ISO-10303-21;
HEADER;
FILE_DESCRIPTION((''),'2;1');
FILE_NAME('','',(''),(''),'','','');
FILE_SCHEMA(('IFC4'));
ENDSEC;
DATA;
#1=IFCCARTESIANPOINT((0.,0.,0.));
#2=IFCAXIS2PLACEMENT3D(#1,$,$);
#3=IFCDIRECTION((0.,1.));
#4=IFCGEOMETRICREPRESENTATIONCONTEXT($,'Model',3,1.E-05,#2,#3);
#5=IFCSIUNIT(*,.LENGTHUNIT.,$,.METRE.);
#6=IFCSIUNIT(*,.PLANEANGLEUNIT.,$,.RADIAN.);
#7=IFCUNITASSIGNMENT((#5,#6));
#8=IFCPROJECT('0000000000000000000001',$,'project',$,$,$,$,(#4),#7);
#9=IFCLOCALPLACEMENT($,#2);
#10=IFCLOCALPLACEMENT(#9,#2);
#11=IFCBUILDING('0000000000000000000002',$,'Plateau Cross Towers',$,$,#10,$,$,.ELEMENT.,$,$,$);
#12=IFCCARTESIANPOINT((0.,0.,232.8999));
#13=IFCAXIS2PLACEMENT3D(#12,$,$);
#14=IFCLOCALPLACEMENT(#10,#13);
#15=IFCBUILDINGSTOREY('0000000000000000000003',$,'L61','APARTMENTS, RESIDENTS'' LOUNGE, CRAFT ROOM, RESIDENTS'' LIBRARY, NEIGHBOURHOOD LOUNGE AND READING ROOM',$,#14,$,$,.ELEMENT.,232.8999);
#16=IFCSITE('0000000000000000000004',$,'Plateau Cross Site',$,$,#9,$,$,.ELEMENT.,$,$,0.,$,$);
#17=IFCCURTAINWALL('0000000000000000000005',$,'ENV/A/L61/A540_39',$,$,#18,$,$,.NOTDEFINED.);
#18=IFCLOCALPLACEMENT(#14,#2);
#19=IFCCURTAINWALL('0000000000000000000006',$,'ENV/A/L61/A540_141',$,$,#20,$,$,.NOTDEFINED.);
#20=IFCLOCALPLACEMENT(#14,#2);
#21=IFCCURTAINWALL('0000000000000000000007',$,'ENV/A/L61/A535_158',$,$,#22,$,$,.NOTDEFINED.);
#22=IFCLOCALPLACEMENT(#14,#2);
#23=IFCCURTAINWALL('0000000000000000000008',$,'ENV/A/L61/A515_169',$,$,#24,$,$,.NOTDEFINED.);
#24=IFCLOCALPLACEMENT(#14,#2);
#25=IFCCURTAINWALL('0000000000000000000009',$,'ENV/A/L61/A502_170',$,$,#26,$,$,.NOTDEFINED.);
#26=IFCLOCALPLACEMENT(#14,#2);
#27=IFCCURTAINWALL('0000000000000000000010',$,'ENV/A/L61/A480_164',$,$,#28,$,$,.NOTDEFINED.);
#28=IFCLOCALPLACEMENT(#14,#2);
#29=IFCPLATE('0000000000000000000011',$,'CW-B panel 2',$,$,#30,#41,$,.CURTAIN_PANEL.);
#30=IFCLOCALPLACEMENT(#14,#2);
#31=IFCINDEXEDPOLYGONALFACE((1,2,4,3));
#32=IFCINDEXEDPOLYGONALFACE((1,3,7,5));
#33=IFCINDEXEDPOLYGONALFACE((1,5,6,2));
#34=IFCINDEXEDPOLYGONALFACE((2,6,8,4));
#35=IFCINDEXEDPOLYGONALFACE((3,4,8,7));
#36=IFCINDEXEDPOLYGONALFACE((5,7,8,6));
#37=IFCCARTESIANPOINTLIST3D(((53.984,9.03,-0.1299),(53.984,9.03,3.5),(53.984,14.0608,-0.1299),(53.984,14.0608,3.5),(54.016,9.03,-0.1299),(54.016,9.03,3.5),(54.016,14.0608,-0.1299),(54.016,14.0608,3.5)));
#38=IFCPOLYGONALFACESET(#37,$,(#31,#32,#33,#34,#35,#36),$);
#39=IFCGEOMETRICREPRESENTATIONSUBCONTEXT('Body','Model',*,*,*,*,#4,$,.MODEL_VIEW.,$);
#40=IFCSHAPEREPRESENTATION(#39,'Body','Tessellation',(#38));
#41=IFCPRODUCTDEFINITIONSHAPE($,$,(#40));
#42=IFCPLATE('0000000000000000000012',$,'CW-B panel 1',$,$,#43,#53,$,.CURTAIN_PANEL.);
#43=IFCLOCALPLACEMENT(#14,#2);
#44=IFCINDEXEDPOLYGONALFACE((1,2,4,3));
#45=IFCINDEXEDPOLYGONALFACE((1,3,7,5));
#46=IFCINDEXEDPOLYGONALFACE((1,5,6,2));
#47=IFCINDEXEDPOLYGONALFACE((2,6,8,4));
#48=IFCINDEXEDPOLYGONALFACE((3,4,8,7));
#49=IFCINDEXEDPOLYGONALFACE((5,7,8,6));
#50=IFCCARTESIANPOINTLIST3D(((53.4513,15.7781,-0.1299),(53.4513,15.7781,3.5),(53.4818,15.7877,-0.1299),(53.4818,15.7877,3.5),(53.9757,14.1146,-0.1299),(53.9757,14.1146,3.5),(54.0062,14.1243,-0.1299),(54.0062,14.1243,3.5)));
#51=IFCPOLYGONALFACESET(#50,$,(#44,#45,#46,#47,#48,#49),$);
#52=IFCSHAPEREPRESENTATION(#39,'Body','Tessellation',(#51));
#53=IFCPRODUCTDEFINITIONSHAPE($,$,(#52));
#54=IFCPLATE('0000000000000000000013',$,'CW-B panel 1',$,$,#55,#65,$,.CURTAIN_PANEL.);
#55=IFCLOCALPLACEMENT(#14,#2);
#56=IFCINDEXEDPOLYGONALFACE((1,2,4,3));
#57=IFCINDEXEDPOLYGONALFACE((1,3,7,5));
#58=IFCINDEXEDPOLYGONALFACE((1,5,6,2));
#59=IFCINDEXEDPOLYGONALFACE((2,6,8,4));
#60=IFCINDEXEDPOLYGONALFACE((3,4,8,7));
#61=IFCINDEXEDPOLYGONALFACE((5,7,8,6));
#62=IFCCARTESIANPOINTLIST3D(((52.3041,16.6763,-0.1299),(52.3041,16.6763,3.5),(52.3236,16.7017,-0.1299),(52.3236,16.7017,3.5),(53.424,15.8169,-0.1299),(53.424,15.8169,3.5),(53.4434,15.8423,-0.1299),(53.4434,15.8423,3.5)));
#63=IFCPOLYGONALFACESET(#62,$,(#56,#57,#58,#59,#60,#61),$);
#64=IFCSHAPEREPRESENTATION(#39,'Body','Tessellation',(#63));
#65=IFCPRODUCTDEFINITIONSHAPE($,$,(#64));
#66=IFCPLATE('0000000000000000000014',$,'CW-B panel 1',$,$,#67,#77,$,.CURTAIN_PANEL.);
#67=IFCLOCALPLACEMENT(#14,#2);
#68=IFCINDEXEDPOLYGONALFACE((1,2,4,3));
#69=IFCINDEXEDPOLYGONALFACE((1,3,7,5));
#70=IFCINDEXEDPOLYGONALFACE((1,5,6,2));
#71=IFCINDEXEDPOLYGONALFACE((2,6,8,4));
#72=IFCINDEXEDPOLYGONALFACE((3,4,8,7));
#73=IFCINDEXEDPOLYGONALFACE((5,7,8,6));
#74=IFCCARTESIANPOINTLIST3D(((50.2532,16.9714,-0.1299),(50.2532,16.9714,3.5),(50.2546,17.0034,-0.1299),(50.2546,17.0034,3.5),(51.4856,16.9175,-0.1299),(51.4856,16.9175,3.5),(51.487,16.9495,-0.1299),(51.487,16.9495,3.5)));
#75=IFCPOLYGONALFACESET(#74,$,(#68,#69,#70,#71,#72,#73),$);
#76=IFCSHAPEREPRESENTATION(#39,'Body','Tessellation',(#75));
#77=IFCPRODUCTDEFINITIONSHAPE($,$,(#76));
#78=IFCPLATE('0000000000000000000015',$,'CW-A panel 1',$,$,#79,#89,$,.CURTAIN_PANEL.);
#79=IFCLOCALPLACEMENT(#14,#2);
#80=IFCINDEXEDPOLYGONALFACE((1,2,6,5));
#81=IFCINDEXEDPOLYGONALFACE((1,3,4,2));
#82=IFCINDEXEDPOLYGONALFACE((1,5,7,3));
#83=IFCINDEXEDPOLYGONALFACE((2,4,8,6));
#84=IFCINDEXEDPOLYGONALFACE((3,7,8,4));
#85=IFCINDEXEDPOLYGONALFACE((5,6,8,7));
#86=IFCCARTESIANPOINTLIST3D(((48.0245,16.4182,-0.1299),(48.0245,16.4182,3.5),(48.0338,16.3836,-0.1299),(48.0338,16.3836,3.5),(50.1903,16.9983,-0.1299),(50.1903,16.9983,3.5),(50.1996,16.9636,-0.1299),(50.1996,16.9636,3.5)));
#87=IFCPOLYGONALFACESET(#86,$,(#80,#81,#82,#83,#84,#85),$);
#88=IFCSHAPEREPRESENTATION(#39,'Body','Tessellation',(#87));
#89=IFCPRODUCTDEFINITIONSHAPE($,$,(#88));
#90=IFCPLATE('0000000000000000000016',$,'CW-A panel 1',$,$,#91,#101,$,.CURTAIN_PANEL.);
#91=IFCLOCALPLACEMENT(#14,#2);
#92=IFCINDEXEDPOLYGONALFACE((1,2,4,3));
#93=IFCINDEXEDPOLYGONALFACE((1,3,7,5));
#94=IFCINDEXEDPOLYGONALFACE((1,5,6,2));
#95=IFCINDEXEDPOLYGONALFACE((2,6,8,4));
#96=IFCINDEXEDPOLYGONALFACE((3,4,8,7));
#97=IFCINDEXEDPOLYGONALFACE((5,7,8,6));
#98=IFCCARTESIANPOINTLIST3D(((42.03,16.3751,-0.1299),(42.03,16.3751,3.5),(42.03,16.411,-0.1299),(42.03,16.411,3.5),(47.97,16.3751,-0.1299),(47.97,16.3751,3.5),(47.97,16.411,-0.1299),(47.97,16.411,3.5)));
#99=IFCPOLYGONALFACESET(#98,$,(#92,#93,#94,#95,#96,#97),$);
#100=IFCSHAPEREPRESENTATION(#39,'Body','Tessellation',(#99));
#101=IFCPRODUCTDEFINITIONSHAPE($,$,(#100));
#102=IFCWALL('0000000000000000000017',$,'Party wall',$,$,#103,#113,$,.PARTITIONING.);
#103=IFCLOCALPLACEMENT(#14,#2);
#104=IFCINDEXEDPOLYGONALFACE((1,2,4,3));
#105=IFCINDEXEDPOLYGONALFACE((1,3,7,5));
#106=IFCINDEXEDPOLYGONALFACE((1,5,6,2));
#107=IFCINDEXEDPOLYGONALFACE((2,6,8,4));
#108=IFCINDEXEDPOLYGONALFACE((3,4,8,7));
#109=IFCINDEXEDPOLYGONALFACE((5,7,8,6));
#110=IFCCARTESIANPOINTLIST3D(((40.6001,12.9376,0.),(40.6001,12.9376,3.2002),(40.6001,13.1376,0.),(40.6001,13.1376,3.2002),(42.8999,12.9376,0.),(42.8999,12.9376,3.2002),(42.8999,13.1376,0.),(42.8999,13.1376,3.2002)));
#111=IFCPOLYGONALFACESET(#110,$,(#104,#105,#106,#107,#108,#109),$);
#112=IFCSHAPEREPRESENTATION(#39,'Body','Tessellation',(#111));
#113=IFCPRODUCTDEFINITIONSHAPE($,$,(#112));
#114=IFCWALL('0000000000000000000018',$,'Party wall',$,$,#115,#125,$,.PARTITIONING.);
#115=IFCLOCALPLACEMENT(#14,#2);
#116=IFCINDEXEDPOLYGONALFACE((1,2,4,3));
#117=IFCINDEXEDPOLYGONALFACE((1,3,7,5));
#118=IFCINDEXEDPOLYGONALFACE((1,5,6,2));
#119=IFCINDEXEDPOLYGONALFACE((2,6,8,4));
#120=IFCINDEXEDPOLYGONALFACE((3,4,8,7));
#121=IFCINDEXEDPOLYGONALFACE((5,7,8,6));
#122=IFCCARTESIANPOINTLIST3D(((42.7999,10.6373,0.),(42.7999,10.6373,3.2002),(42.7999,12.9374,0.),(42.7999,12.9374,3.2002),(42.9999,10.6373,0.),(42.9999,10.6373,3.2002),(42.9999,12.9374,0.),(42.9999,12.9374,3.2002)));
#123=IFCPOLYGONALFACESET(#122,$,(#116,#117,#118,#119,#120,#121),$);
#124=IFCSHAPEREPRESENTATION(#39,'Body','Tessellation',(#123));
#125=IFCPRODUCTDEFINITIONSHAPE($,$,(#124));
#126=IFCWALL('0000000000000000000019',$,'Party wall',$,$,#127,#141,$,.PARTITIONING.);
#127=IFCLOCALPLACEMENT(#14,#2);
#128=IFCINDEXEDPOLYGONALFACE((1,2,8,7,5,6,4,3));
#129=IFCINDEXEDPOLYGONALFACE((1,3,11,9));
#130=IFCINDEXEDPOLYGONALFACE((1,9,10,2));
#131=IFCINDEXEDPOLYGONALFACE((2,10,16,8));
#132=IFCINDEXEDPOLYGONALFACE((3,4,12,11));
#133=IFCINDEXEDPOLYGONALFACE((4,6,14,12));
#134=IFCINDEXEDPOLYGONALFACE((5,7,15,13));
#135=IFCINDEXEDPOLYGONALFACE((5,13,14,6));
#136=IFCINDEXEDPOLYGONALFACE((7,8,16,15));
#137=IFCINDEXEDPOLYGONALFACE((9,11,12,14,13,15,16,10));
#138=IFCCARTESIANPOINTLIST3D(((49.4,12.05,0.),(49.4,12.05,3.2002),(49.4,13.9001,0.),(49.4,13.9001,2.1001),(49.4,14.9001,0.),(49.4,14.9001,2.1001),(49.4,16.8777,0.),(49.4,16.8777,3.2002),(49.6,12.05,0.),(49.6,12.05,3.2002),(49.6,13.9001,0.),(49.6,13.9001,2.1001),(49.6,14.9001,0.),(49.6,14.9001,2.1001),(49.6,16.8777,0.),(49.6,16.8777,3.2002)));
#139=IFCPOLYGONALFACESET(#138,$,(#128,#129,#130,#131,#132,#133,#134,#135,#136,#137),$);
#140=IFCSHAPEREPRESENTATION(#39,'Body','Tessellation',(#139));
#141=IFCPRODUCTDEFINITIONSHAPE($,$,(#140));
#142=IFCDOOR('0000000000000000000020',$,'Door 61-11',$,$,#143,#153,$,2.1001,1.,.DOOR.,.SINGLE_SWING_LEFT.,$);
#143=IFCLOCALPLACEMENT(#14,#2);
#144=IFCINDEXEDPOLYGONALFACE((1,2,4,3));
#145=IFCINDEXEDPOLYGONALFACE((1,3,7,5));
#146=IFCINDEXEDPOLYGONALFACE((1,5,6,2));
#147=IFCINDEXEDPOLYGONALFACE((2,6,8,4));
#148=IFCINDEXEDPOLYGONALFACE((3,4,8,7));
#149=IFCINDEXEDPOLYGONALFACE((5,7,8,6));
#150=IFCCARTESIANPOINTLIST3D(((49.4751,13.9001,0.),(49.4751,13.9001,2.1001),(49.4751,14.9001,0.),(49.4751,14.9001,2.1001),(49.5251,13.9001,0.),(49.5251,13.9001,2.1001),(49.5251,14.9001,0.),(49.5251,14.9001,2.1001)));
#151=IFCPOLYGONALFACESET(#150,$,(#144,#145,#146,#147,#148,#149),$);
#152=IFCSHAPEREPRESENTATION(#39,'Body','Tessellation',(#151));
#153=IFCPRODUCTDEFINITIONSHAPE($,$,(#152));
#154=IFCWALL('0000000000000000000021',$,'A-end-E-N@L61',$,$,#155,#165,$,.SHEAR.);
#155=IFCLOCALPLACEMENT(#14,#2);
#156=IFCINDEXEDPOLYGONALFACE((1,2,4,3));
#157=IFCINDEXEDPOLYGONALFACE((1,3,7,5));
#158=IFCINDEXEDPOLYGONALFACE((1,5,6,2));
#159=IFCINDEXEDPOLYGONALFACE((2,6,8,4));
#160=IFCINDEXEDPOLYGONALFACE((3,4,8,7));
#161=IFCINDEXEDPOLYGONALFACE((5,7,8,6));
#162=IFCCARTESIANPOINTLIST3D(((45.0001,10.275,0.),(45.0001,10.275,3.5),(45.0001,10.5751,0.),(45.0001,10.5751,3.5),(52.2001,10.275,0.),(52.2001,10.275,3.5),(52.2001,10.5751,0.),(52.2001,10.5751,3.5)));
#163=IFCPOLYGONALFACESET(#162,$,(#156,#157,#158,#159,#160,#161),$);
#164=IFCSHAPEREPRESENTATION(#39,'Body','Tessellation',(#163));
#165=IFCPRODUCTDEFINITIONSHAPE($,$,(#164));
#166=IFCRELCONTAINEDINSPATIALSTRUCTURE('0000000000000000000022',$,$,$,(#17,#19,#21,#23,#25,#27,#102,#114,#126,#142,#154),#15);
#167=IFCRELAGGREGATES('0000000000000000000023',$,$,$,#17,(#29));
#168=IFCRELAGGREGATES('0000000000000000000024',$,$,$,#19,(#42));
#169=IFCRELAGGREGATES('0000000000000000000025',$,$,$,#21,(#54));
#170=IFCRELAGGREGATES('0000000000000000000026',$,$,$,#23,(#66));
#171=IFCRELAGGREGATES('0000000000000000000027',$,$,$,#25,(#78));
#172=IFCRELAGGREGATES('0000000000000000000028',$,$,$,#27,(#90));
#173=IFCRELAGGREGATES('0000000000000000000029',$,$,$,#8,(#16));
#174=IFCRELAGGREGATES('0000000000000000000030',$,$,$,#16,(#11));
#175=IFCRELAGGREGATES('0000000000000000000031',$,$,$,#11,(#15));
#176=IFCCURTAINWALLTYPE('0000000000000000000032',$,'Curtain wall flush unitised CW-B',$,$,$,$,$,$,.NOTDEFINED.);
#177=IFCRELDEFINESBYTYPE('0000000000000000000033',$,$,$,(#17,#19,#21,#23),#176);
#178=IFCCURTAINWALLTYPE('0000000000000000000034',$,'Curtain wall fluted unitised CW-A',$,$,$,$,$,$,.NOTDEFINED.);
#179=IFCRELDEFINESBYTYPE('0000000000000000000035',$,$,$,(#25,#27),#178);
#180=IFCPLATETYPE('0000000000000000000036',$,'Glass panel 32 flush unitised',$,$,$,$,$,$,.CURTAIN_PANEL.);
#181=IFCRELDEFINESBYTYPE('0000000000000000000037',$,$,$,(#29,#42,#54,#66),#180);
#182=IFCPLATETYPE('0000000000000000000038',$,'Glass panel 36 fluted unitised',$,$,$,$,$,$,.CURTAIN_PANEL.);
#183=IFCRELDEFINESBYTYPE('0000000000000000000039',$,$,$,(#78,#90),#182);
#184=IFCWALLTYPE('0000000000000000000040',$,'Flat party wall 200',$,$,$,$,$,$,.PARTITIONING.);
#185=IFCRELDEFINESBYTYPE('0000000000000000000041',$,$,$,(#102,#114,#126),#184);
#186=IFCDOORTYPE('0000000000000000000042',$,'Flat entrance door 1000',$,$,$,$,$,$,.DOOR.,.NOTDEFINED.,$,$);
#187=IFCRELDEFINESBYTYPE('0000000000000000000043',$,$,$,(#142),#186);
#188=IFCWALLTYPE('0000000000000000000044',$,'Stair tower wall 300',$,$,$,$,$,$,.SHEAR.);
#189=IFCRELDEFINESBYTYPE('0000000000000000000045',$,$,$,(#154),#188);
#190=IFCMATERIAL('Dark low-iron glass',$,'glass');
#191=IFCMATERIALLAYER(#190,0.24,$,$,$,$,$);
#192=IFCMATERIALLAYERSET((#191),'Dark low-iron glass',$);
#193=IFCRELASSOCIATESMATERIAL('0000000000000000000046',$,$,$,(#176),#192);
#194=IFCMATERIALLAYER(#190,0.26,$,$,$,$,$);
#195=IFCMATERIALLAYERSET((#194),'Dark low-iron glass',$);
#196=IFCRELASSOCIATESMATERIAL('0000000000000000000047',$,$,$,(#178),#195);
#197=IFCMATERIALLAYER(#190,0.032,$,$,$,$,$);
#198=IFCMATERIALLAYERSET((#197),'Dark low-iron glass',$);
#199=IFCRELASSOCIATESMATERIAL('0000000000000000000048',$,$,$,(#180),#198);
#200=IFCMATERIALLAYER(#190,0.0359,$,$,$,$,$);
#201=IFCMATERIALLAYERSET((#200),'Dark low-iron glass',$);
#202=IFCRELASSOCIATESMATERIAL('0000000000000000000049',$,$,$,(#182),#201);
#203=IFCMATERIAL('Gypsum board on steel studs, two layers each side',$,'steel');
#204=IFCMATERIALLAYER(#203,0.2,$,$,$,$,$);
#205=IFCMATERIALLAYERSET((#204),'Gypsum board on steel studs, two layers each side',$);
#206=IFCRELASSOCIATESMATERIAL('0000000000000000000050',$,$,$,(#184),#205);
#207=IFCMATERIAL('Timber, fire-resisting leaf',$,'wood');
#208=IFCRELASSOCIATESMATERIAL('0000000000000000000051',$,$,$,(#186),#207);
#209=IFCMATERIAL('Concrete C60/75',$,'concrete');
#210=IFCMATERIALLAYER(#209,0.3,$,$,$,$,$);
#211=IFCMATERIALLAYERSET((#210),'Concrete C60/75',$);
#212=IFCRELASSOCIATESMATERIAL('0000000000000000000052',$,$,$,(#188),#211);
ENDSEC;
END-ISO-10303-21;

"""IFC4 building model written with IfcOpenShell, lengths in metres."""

from ifc_helpers import new_model, si_unit, direction, frame, frame_2d, origin, origin_2d, place, context, subcontext, project, spatial, rectangle, extrude, material, layer, layer_set, type_object, element, fill, aggregate, save


model = new_model("IFC4")

# Units and contexts
model_context = context("Model", 3, precision=1e-05, world=origin(), true_north=direction((0.0, 1.0)))
body_context = subcontext(model_context, "Body", "Model", "MODEL_VIEW")
ifc_project = project(units=[si_unit("LENGTHUNIT", "METRE"), si_unit("PLANEANGLEUNIT", "RADIAN")], contexts=[model_context])

# Site, building, storey
site_placement = place(None, origin())
site = spatial("IfcSite", under=ifc_project, at=site_placement, Name="Plateau Cross Site", CompositionType="ELEMENT", RefElevation=0.0)
building_placement = place(site_placement, origin())
building = spatial("IfcBuilding", under=site, at=building_placement, Name="Plateau Cross Towers", CompositionType="ELEMENT")
storey_placement = place(building_placement, frame((0.0, 0.0, 232.8999)))
storey = spatial("IfcBuildingStorey", under=building, at=storey_placement, Name="L61", Description="APARTMENTS, RESIDENTS' LOUNGE, CRAFT ROOM, RESIDENTS' LIBRARY, NEIGHBOURHOOD LOUNGE AND READING ROOM", CompositionType="ELEMENT", Elevation=232.8999)

# Shared definitions
ifc_material_1 = material(Name="Concrete C60/75", Category="concrete")

# Curtain walls
ifc_material_2 = material(Name="Dark low-iron glass", Category="glass")
ifc_layer_1 = layer(ifc_material_2, 0.24)
ifc_layer_set_1 = layer_set([ifc_layer_1], Name="Dark low-iron glass")
curtain_wall_type_1 = type_object("IfcCurtainWallType", Name="Curtain wall flush unitised CW-B", PredefinedType="NOTDEFINED", material=ifc_layer_set_1)
curtain_wall_1_placement = place(storey_placement, origin())
curtain_wall_1 = element("IfcCurtainWall", 1, at=curtain_wall_1_placement, inside=storey, type_object=curtain_wall_type_1, Name="ENV/A/L61/A540_39", PredefinedType="NOTDEFINED")
curtain_wall_2_placement = place(storey_placement, origin())
curtain_wall_2 = element("IfcCurtainWall", 2, at=curtain_wall_2_placement, inside=storey, type_object=curtain_wall_type_1, Name="ENV/A/L61/A540_141", PredefinedType="NOTDEFINED")

# Curtain wall
curtain_wall_3_placement = place(storey_placement, origin())
curtain_wall_3 = element("IfcCurtainWall", 3, at=curtain_wall_3_placement, inside=storey, type_object=curtain_wall_type_1, Name="ENV/A/L61/A535_158", PredefinedType="NOTDEFINED")

# Curtain walls
curtain_wall_4_placement = place(storey_placement, origin())
curtain_wall_4 = element("IfcCurtainWall", 4, at=curtain_wall_4_placement, inside=storey, type_object=curtain_wall_type_1, Name="ENV/A/L61/A515_169", PredefinedType="NOTDEFINED")
ifc_layer_2 = layer(ifc_material_2, 0.26)
ifc_layer_set_2 = layer_set([ifc_layer_2], Name="Dark low-iron glass")
curtain_wall_type_2 = type_object("IfcCurtainWallType", Name="Curtain wall fluted unitised CW-A", PredefinedType="NOTDEFINED", material=ifc_layer_set_2)
curtain_wall_5_placement = place(storey_placement, origin())
curtain_wall_5 = element("IfcCurtainWall", 5, at=curtain_wall_5_placement, inside=storey, type_object=curtain_wall_type_2, Name="ENV/A/L61/A502_170", PredefinedType="NOTDEFINED")
curtain_wall_6_placement = place(storey_placement, origin())
curtain_wall_6 = element("IfcCurtainWall", 6, at=curtain_wall_6_placement, inside=storey, type_object=curtain_wall_type_2, Name="ENV/A/L61/A480_164", PredefinedType="NOTDEFINED")

# Plates
ifc_layer_3 = layer(ifc_material_2, 0.032)
ifc_layer_set_3 = layer_set([ifc_layer_3], Name="Dark low-iron glass")
plate_type_1 = type_object("IfcPlateType", Name="Glass panel 32 flush unitised", PredefinedType="CURTAIN_PANEL", material=ifc_layer_set_3)
plate_1_placement = place(storey_placement, frame((54.0, 11.5454, -0.1299), z_axis=(0.0, 0.0, 1.0), x_axis=(0.0, 1.0, 0.0)))
plate_1 = element("IfcPlate", 7, at=plate_1_placement, type_object=plate_type_1, Name="CW-B panel 2", PredefinedType="CURTAIN_PANEL", context=body_context, shape_type="SweptSolid", body=[
    extrude(rectangle(XDim=5.0308, YDim=0.032, at=origin_2d()), origin(), (0.0, 0.0, 1.0), 3.6299),
])
aggregate(curtain_wall_1, [plate_1])
plate_2_placement = place(storey_placement, frame((53.7288, 14.9512, -0.1299), z_axis=(0.0, 0.0, 1.0), x_axis=(-0.300686, 0.953723, 0.0)))
plate_2 = element("IfcPlate", 8, at=plate_2_placement, type_object=plate_type_1, Name="CW-B panel 1", PredefinedType="CURTAIN_PANEL", context=body_context, shape_type="SweptSolid", body=[
    extrude(rectangle(XDim=1.7441, YDim=0.032, at=origin_2d()), origin(), (0.0, 0.0, 1.0), 3.6299),
])
aggregate(curtain_wall_2, [plate_2])
plate_3_placement = place(storey_placement, frame((52.8738, 16.2593, -0.1299), z_axis=(0.0, 0.0, 1.0), x_axis=(-0.793316, 0.608811, 0.0)))
plate_3 = element("IfcPlate", 9, at=plate_3_placement, type_object=plate_type_1, Name="CW-B panel 1", PredefinedType="CURTAIN_PANEL", context=body_context, shape_type="SweptSolid", body=[
    extrude(rectangle(XDim=1.4116, YDim=0.032, at=origin_2d()), origin(), (0.0, 0.0, 1.0), 3.6299),
])
aggregate(curtain_wall_3, [plate_3])
plate_4_placement = place(storey_placement, frame((50.8701, 16.9604, -0.1299), z_axis=(0.0, 0.0, 1.0), x_axis=(-0.999044, 0.043723, 0.0)))
plate_4 = element("IfcPlate", 10, at=plate_4_placement, type_object=plate_type_1, Name="CW-B panel 1", PredefinedType="CURTAIN_PANEL", context=body_context, shape_type="SweptSolid", body=[
    extrude(rectangle(XDim=1.2336, YDim=0.032, at=origin_2d()), origin(), (0.0, 0.0, 1.0), 3.6299),
])
aggregate(curtain_wall_4, [plate_4])
ifc_layer_4 = layer(ifc_material_2, 0.0359)
ifc_layer_set_4 = layer_set([ifc_layer_4], Name="Dark low-iron glass")
plate_type_2 = type_object("IfcPlateType", Name="Glass panel 36 fluted unitised", PredefinedType="CURTAIN_PANEL", material=ifc_layer_set_4)
plate_5_placement = place(storey_placement, frame((49.1121, 16.6909, -0.1299), z_axis=(0.0, 0.0, 1.0), x_axis=(-0.965958, -0.258699, 0.0)))
plate_5 = element("IfcPlate", 11, at=plate_5_placement, type_object=plate_type_2, Name="CW-A panel 1", PredefinedType="CURTAIN_PANEL", context=body_context, shape_type="SweptSolid", body=[
    extrude(rectangle(XDim=2.2422, YDim=0.0359, at=origin_2d()), origin(), (0.0, 0.0, 1.0), 3.6299),
])
aggregate(curtain_wall_5, [plate_5])
plate_6_placement = place(storey_placement, frame((45.0, 16.3931, -0.1299), z_axis=(0.0, 0.0, 1.0), x_axis=(-1.0, 0.0, 0.0)))
plate_6 = element("IfcPlate", 12, at=plate_6_placement, type_object=plate_type_2, Name="CW-A panel 1", PredefinedType="CURTAIN_PANEL", context=body_context, shape_type="SweptSolid", body=[
    extrude(rectangle(XDim=5.9399, YDim=0.0359, at=origin_2d()), origin(), (0.0, 0.0, 1.0), 3.6299),
])
aggregate(curtain_wall_6, [plate_6])

# Walls
ifc_material_3 = material(Name="Gypsum board on steel studs, two layers each side", Category="steel")
ifc_layer_5 = layer(ifc_material_3, 0.2)
ifc_layer_set_5 = layer_set([ifc_layer_5], Name="Gypsum board on steel studs, two layers each side")
wall_type_1 = type_object("IfcWallType", Name="Flat party wall 200", PredefinedType="PARTITIONING", material=ifc_layer_set_5)
wall_1_placement = place(storey_placement, frame((42.8999, 13.0376, 0.0), z_axis=(0.0, 0.0, 1.0), x_axis=(-1.0, 0.0, 0.0)))
element("IfcWall", 13, at=wall_1_placement, inside=storey, type_object=wall_type_1, Name="Party wall", PredefinedType="PARTITIONING", context=body_context, shape_type="SweptSolid", body=[
    extrude(rectangle(XDim=2.2998, YDim=0.2, at=frame_2d((1.1499, 0.0))), origin(), (0.0, 0.0, 1.0), 3.2002),
])
wall_2_placement = place(storey_placement, frame((42.8999, 10.6375, 0.0), z_axis=(0.0, 0.0, 1.0), x_axis=(0.0, 1.0, 0.0)))
element("IfcWall", 14, at=wall_2_placement, inside=storey, type_object=wall_type_1, Name="Party wall", PredefinedType="PARTITIONING", context=body_context, shape_type="SweptSolid", body=[
    extrude(rectangle(XDim=2.3, YDim=0.2, at=frame_2d((1.1499, 0.0))), origin(), (0.0, 0.0, 1.0), 3.2002),
])

# Wall, opening, door
wall_3_placement = place(storey_placement, frame((49.5, 12.05, 0.0), z_axis=(0.0, 0.0, 1.0), x_axis=(0.0, 1.0, 0.0)))
wall_3 = element("IfcWall", 15, at=wall_3_placement, inside=storey, type_object=wall_type_1, Name="Party wall", PredefinedType="PARTITIONING", context=body_context, shape_type="SweptSolid", body=[
    extrude(rectangle(XDim=4.8276, YDim=0.2, at=frame_2d((2.4138, 0.0))), origin(), (0.0, 0.0, 1.0), 3.2002),
])
opening_placement = place(wall_3_placement, frame((1.8501, 0.0, 0.0)))
opening = element("IfcOpeningElement", 16, at=opening_placement, cuts=wall_3, PredefinedType="OPENING", context=body_context, shape_type="SweptSolid", body=[
    extrude(rectangle(XDim=1.0, YDim=2.1001, at=frame_2d((0.5, 1.05))), frame((0.0, 0.1099, 0.0), z_axis=(0.0, -1.0, 0.0), x_axis=(1.0, 0.0, 0.0)), (0.0, 0.0, 1.0), 0.22),
])
ifc_material_4 = material(Name="Timber, fire-resisting leaf", Category="wood")
door_type = type_object("IfcDoorType", Name="Flat entrance door 1000", OperationType="NOTDEFINED", PredefinedType="DOOR", material=ifc_material_4)
door_placement = place(opening_placement, origin())
door = element("IfcDoor", 17, at=door_placement, inside=storey, type_object=door_type, Name="Door 61-11", OperationType="SINGLE_SWING_LEFT", OverallHeight=2.1001, OverallWidth=1.0, PredefinedType="DOOR", context=body_context, shape_type="SweptSolid", body=[
    extrude(rectangle(XDim=1.0, YDim=2.1001, at=frame_2d((0.5, 1.05))), frame((0.0, 0.0249, 0.0), z_axis=(0.0, -1.0, 0.0), x_axis=(1.0, 0.0, 0.0)), (0.0, 0.0, 1.0), 0.05),
])
fill(opening, door)

# Wall
ifc_layer_6 = layer(ifc_material_1, 0.3)
ifc_layer_set_6 = layer_set([ifc_layer_6], Name="Concrete C60/75")
wall_type_2 = type_object("IfcWallType", Name="Stair tower wall 300", PredefinedType="SHEAR", material=ifc_layer_set_6)
wall_4_placement = place(storey_placement, frame((45.0, 10.425, 0.0), z_axis=(0.0, 0.0, 1.0), x_axis=(1.0, 0.0, 0.0)))
element("IfcWall", 18, at=wall_4_placement, inside=storey, type_object=wall_type_2, Name="A-end-E-N@L61", PredefinedType="SHEAR", context=body_context, shape_type="SweptSolid", body=[
    extrude(rectangle(XDim=7.2, YDim=0.3, at=frame_2d((3.6001, 0.0))), origin(), (0.0, 0.0, 1.0), 3.5),
])

save(model, "model.ifc")
